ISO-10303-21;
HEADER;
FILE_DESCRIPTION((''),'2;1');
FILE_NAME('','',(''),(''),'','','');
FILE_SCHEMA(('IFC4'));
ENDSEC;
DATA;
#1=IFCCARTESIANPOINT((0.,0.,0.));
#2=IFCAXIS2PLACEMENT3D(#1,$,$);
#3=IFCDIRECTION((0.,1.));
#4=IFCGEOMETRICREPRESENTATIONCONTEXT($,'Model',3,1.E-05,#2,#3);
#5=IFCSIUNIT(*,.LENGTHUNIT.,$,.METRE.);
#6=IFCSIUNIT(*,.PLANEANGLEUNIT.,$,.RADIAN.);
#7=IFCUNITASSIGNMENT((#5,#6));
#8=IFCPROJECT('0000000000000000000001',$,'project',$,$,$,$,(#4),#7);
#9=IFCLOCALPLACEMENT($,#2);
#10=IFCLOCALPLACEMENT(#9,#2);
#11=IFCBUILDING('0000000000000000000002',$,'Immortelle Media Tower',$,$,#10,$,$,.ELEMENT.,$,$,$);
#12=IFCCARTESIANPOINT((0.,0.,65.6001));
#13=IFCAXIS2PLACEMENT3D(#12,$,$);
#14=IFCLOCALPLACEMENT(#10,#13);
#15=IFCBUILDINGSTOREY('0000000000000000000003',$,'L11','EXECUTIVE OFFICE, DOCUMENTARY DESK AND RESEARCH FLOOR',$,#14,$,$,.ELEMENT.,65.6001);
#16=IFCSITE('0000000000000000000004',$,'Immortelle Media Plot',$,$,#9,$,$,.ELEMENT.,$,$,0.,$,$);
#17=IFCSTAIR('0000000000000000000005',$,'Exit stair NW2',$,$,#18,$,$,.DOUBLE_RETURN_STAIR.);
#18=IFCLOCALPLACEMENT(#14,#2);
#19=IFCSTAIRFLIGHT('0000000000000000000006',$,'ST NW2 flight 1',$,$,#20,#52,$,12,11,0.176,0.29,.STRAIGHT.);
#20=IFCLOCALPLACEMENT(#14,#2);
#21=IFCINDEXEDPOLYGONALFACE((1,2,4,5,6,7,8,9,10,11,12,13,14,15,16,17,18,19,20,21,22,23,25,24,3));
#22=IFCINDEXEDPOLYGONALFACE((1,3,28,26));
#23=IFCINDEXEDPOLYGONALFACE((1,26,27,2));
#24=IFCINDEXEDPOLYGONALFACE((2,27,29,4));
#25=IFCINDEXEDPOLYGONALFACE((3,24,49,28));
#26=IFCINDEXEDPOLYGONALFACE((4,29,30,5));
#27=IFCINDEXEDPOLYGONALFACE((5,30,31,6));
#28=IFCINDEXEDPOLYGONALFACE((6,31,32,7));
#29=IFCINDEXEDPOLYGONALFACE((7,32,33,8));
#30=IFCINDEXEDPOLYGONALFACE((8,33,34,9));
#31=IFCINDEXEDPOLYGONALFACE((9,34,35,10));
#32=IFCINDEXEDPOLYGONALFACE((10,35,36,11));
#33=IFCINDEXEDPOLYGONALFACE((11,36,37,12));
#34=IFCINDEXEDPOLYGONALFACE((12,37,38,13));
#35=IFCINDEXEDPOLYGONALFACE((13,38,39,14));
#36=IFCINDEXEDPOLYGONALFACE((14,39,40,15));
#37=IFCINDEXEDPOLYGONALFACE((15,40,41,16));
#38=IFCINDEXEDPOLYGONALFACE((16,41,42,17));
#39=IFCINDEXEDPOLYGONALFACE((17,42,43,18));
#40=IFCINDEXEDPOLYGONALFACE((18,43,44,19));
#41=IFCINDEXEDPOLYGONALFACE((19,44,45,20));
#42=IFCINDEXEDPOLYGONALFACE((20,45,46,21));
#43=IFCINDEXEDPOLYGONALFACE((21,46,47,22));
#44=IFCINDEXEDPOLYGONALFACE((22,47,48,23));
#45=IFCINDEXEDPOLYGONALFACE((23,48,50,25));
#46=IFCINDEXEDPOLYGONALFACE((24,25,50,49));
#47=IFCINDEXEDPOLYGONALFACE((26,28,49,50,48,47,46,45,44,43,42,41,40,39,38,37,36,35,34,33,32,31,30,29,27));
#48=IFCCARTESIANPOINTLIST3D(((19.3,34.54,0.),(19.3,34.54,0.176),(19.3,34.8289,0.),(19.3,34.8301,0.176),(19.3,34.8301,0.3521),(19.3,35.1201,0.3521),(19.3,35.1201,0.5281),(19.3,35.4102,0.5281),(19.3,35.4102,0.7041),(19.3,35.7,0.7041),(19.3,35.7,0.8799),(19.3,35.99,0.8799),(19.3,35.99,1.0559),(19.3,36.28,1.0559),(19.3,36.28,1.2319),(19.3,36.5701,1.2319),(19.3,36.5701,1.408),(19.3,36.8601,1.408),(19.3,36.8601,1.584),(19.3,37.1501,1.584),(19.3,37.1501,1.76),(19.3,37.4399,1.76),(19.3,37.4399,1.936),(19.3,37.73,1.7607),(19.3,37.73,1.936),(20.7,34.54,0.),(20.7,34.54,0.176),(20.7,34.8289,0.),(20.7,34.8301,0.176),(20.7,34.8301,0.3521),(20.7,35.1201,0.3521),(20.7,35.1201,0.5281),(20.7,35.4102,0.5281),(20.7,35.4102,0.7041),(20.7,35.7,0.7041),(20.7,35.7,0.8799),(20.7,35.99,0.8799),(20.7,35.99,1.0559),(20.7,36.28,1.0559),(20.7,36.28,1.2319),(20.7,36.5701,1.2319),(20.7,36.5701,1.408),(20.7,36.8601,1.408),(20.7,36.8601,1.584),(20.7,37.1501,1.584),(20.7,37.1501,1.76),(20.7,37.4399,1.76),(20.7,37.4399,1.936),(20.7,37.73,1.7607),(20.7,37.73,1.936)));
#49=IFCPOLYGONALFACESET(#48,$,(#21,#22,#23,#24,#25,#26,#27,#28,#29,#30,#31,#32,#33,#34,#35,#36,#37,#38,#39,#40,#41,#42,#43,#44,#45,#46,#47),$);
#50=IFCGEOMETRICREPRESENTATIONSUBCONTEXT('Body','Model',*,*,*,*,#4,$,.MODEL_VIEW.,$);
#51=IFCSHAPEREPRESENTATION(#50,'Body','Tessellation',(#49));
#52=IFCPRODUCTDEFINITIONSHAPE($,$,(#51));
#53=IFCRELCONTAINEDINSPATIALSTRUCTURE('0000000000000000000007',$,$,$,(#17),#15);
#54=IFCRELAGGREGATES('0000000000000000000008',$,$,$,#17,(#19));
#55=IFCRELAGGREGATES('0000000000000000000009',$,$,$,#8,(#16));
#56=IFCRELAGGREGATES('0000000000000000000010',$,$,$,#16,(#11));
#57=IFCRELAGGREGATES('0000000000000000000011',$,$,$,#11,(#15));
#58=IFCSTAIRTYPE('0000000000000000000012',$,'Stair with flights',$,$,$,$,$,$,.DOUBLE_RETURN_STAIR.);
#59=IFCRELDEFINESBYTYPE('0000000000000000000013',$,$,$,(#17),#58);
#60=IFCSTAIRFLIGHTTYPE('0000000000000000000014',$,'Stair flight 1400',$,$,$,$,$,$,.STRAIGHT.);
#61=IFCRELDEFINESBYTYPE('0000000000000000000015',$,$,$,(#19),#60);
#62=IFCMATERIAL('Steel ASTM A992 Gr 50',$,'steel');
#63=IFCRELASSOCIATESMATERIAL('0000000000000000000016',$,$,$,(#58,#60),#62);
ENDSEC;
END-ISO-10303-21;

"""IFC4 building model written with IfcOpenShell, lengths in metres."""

from ifc_helpers import new_model, si_unit, direction, frame, origin, place, context, subcontext, project, spatial, polyline, outline, extrude, material, type_object, element, aggregate, save


model = new_model("IFC4")

# Units and contexts
model_context = context("Model", 3, precision=1e-05, world=origin(), true_north=direction((0.0, 1.0)))
body_context = subcontext(model_context, "Body", "Model", "MODEL_VIEW")
ifc_project = project(units=[si_unit("LENGTHUNIT", "METRE"), si_unit("PLANEANGLEUNIT", "RADIAN")], contexts=[model_context])

# Site, building, storey
site_placement = place(None, origin())
site = spatial("IfcSite", under=ifc_project, at=site_placement, Name="Immortelle Media Plot", CompositionType="ELEMENT", RefElevation=0.0)
building_placement = place(site_placement, origin())
building = spatial("IfcBuilding", under=site, at=building_placement, Name="Immortelle Media Tower", CompositionType="ELEMENT")
storey_placement = place(building_placement, frame((0.0, 0.0, 65.6001)))
storey = spatial("IfcBuildingStorey", under=building, at=storey_placement, Name="L11", Description="EXECUTIVE OFFICE, DOCUMENTARY DESK AND RESEARCH FLOOR", CompositionType="ELEMENT", Elevation=65.6001)

# Shared definitions
ifc_material_1 = material(Name="Steel ASTM A992 Gr 50", Category="steel")

# Stair, stair flight
stair_type = type_object("IfcStairType", Name="Stair with flights", PredefinedType="DOUBLE_RETURN_STAIR", material=ifc_material_1)
stair_placement = place(storey_placement, origin())
stair = element("IfcStair", 1, at=stair_placement, inside=storey, type_object=stair_type, Name="Exit stair NW2", PredefinedType="DOUBLE_RETURN_STAIR")
stair_flight_type = type_object("IfcStairFlightType", Name="Stair flight 1400", PredefinedType="STRAIGHT", material=ifc_material_1)
stair_flight_placement = place(storey_placement, frame((20.0, 34.54, 0.0), z_axis=(0.0, 0.0, 1.0), x_axis=(0.0, 1.0, 0.0)))
stair_flight = element("IfcStairFlight", 2, at=stair_flight_placement, type_object=stair_flight_type, Name="ST NW2 flight 1", NumberOfRisers=12, NumberOfTreads=11, PredefinedType="STRAIGHT", RiserHeight=0.176, TreadLength=0.29, context=body_context, shape_type="SweptSolid", body=[
    extrude(outline(polyline([(0.0, 0.0), (0.0, 0.176), (0.29, 0.176), (0.29, 0.3521), (0.5801, 0.3521), (0.5801, 0.5281), (0.8701, 0.5281), (0.8701, 0.7041), (1.1599, 0.7041), (1.1599, 0.8799), (1.45, 0.8799), (1.45, 1.0559), (1.74, 1.0559), (1.74, 1.2319), (2.03, 1.2319), (2.03, 1.408), (2.3201, 1.408), (2.3201, 1.584), (2.6101, 1.584), (2.6101, 1.76), (2.8999, 1.76), (2.8999, 1.936), (3.1899, 1.936), (3.1899, 2.1121), (3.1899, 1.7607), (0.2888, 0.0), (0.0, 0.0)])), frame((0.0, 0.7, 0.0), z_axis=(0.0, -1.0, 0.0), x_axis=(1.0, 0.0, 0.0)), (0.0, 0.0, 1.0), 1.3999),
])
aggregate(stair, [stair_flight])

save(model, "model.ifc")
